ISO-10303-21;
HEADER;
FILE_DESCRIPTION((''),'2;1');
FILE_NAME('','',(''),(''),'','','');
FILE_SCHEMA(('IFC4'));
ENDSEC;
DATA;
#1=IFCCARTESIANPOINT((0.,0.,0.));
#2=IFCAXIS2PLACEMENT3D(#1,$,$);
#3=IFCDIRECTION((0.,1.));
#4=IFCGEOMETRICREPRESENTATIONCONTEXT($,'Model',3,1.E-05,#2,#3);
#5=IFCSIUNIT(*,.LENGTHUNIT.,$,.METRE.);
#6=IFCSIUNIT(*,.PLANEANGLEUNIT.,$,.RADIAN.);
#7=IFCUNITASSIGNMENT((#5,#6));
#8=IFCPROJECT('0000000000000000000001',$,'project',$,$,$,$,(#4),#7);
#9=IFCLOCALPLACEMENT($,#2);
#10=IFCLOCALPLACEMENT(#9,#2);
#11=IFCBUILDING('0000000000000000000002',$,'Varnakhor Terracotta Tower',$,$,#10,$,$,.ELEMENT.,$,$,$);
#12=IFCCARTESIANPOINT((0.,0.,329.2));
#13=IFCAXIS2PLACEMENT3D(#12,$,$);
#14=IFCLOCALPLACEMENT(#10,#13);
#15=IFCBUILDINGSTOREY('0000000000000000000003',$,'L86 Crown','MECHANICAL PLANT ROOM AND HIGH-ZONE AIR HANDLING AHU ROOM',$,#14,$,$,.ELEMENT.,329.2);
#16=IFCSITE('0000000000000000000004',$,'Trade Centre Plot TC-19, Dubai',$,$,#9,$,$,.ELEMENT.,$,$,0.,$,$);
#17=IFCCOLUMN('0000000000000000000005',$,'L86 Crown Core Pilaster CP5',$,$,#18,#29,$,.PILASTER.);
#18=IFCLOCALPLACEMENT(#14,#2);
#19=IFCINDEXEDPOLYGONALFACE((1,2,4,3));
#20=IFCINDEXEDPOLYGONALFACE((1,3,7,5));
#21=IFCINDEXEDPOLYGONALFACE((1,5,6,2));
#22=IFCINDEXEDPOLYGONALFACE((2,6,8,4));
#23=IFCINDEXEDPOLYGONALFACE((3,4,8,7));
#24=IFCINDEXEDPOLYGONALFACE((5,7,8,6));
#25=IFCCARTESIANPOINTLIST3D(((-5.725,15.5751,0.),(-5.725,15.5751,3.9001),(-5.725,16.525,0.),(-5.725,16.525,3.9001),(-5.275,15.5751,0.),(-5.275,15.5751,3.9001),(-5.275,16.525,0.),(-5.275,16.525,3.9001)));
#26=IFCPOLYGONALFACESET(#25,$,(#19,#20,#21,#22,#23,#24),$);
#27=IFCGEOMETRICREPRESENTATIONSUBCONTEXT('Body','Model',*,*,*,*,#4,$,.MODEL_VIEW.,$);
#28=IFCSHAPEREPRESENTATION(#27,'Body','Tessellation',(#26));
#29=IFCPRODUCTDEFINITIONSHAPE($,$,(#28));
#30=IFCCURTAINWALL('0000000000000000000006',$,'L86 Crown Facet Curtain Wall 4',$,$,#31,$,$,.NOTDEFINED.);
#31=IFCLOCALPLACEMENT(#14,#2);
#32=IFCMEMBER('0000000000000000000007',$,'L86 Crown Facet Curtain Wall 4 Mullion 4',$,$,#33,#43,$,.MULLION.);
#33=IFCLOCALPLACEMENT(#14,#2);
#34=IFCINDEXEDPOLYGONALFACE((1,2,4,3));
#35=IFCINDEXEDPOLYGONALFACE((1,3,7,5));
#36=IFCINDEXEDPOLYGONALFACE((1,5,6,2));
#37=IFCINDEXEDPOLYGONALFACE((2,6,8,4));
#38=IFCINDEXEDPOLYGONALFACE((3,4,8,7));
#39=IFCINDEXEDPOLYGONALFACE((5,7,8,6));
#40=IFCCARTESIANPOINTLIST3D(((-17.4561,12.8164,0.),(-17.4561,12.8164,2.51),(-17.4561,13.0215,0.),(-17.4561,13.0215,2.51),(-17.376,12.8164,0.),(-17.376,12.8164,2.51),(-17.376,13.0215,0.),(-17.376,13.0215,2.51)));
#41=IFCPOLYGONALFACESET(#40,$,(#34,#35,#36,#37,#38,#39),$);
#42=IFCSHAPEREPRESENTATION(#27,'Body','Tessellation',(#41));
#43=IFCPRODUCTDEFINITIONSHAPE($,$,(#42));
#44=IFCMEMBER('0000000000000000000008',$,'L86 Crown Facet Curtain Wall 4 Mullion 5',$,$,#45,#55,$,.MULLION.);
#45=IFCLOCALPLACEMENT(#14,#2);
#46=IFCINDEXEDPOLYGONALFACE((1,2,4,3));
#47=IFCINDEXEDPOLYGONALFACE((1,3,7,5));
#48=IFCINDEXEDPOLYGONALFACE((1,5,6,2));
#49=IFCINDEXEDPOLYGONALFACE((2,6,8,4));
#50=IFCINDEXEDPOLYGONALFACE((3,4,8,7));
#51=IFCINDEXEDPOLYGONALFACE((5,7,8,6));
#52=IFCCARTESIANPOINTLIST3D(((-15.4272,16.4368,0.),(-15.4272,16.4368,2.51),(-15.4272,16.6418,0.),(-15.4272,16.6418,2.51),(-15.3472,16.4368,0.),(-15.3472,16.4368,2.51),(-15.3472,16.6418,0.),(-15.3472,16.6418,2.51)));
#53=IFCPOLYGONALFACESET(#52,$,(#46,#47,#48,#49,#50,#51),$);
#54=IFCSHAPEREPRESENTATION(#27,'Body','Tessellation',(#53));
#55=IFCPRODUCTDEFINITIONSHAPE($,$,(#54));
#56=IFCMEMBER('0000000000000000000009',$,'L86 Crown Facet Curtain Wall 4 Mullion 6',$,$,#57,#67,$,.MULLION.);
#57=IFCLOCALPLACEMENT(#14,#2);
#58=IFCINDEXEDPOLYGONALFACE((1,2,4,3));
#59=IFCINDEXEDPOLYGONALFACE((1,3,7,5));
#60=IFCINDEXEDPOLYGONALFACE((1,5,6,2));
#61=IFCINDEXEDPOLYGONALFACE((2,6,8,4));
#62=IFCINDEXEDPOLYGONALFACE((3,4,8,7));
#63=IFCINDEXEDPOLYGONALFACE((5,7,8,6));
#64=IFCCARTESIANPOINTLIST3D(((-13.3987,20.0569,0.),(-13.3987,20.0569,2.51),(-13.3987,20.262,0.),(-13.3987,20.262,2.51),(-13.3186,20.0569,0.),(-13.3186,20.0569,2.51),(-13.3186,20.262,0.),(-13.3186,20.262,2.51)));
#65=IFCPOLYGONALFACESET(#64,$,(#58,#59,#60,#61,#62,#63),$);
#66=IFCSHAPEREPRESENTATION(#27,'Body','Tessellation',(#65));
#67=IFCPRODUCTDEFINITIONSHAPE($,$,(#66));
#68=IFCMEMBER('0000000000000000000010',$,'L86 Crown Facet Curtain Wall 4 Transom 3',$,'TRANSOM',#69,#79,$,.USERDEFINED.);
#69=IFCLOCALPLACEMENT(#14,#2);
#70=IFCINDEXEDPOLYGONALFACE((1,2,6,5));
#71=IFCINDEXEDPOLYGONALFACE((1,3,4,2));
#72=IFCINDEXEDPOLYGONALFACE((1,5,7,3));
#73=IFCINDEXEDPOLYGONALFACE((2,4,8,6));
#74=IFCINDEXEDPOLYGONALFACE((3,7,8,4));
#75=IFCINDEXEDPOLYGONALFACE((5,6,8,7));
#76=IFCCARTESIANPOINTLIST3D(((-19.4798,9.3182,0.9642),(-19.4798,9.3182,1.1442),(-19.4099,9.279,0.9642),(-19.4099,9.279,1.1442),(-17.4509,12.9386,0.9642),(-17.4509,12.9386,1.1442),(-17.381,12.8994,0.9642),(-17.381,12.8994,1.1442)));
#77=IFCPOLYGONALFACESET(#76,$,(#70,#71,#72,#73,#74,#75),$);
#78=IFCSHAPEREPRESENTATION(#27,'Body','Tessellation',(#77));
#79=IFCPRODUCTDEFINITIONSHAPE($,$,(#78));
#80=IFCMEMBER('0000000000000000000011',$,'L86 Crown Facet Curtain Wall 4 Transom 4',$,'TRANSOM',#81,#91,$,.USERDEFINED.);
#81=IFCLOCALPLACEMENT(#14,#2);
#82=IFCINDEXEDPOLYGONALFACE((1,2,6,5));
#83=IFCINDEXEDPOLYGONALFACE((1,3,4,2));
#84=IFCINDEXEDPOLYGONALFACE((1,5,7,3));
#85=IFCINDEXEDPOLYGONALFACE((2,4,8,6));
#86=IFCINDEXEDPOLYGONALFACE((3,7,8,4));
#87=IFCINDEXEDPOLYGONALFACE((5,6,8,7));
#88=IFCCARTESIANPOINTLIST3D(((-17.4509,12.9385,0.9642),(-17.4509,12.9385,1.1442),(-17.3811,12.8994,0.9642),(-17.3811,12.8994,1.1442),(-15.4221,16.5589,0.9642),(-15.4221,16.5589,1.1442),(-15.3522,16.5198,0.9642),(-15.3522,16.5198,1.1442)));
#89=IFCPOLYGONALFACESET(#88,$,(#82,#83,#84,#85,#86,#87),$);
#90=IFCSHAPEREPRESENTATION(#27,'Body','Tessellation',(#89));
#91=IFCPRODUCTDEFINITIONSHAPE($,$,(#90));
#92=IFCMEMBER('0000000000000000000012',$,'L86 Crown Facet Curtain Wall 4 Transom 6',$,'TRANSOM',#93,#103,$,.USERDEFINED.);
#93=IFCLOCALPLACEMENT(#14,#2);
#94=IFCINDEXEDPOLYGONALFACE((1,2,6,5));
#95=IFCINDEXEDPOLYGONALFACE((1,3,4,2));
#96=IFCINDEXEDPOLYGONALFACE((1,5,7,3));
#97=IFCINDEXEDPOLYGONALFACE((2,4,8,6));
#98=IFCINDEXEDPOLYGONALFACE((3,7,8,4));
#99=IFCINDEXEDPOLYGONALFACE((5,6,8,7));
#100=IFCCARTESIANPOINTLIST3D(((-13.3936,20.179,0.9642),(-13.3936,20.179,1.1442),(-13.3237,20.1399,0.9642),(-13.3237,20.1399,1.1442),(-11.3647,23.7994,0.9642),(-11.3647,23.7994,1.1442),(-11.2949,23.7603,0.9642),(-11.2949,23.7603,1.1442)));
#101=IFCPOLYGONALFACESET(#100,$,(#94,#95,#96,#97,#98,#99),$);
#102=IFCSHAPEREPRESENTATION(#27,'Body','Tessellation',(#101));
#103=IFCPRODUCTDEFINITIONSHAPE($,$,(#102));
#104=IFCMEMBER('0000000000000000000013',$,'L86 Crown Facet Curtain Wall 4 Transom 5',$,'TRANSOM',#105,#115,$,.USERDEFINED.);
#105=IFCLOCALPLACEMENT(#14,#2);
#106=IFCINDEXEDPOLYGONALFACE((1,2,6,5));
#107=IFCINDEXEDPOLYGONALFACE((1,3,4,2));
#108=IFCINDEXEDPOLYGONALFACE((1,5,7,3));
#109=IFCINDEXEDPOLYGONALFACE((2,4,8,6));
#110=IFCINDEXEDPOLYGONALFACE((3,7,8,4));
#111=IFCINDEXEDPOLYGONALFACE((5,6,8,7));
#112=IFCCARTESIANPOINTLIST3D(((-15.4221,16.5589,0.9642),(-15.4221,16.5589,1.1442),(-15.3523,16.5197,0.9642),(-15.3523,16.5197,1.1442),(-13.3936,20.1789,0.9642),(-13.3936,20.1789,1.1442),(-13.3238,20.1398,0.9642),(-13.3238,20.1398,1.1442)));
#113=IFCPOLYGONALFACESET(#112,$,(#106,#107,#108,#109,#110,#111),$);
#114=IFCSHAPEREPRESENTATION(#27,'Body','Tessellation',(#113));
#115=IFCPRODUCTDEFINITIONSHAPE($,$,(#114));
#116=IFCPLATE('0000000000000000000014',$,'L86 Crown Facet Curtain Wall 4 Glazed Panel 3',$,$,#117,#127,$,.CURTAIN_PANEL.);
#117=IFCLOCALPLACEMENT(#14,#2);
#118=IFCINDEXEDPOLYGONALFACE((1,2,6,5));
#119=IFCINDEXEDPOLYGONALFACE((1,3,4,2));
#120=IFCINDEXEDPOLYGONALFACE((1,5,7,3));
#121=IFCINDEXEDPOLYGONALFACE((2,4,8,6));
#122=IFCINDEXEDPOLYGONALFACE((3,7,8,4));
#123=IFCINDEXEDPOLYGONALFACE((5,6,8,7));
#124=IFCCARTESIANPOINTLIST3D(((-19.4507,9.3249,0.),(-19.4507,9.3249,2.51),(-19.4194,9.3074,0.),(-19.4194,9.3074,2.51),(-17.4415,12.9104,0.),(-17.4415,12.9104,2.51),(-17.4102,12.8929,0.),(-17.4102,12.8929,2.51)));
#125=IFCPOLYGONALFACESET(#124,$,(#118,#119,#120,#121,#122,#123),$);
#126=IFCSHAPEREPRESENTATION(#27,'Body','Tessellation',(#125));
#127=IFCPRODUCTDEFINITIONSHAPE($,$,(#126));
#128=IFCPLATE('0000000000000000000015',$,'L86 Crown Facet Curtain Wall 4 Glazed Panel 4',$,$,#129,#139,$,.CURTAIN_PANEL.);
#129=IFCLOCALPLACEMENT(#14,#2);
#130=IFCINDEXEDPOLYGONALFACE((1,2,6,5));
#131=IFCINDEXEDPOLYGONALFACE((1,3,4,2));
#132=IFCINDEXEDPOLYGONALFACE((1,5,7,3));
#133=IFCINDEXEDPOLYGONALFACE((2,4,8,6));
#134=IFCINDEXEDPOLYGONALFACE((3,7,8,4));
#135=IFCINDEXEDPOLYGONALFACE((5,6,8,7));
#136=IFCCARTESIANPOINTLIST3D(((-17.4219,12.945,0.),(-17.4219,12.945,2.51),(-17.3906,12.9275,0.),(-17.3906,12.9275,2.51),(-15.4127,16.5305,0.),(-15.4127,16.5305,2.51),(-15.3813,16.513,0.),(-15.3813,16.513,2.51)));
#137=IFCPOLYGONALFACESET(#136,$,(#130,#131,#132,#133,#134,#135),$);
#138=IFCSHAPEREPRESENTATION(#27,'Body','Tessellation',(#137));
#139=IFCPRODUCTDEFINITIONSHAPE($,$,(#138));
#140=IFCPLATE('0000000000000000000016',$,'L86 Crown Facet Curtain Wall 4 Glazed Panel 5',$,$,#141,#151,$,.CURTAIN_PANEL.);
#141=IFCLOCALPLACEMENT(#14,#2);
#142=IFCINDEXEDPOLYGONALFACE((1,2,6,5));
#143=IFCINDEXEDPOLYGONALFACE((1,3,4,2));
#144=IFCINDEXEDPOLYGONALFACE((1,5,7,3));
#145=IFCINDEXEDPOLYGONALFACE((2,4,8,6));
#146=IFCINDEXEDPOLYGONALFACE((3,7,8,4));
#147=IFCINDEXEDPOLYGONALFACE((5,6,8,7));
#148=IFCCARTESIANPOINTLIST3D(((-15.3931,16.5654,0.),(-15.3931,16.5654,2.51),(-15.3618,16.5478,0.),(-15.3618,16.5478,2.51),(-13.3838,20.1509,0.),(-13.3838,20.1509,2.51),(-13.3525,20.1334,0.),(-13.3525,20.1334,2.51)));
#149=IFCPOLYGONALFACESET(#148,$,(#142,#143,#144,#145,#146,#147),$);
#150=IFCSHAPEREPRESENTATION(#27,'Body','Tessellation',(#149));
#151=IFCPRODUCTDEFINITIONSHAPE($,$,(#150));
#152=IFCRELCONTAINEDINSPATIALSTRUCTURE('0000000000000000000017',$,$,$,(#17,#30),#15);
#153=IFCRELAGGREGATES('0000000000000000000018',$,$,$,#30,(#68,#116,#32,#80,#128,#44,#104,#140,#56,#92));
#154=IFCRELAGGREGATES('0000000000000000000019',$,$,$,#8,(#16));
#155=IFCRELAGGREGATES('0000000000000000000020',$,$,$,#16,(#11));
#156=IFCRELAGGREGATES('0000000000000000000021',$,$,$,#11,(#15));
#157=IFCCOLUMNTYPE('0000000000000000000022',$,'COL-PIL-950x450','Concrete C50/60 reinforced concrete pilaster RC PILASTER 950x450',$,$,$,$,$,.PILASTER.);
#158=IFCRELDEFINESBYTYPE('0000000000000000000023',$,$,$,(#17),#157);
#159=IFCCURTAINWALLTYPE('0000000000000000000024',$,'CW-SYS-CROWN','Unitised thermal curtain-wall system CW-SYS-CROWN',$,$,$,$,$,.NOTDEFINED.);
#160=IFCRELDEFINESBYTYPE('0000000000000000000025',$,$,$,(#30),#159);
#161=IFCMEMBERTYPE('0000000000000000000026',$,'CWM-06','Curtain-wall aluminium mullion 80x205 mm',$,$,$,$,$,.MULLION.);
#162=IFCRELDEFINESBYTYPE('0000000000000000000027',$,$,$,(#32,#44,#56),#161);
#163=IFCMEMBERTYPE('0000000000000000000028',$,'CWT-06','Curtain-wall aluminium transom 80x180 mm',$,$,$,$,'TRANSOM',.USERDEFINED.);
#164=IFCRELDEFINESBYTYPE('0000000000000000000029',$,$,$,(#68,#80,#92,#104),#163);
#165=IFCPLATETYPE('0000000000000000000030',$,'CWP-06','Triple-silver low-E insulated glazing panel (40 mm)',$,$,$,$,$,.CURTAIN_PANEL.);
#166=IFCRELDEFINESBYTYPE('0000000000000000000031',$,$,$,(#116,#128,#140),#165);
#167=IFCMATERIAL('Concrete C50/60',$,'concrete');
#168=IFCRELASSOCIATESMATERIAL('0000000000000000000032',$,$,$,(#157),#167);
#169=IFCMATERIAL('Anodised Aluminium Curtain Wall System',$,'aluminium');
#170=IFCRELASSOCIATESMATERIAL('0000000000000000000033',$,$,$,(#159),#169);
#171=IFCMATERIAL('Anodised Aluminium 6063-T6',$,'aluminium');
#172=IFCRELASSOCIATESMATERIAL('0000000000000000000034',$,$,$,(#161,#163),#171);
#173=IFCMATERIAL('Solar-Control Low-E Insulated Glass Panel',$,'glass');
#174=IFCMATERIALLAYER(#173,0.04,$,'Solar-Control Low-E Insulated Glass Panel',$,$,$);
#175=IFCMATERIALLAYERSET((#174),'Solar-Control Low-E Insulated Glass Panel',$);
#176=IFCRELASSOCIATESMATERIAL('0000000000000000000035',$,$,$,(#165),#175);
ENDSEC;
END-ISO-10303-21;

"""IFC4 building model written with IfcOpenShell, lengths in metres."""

from ifc_helpers import new_model, si_unit, direction, frame, origin, origin_2d, place, context, subcontext, project, spatial, rectangle, extrude, source, transform, mapped, material, layer, layer_set, material_profile, profile_set, type_object, element, aggregate, save


model = new_model("IFC4")

# Units and contexts
model_context = context("Model", 3, precision=1e-05, world=origin(), true_north=direction((0.0, 1.0)))
body_context = subcontext(model_context, "Body", "Model", "MODEL_VIEW")
ifc_project = project(units=[si_unit("LENGTHUNIT", "METRE"), si_unit("PLANEANGLEUNIT", "RADIAN")], contexts=[model_context])

# Site, building, storey
site_placement = place(None, origin())
site = spatial("IfcSite", under=ifc_project, at=site_placement, Name="Trade Centre Plot TC-19, Dubai", CompositionType="ELEMENT", RefElevation=0.0)
building_placement = place(site_placement, origin())
building = spatial("IfcBuilding", under=site, at=building_placement, Name="Varnakhor Terracotta Tower", CompositionType="ELEMENT")
storey_placement = place(building_placement, frame((0.0, 0.0, 329.2)))
storey = spatial("IfcBuildingStorey", under=building, at=storey_placement, Name="L86 Crown", Description="MECHANICAL PLANT ROOM AND HIGH-ZONE AIR HANDLING AHU ROOM", CompositionType="ELEMENT", Elevation=329.2)

# Column
ifc_material_1 = material(Name="Concrete C50/60", Category="concrete")
ifc_material_profile_1 = material_profile(ifc_material_1, rectangle(XDim=0.45, YDim=0.95, at=origin_2d()), Name="RC PILASTER 950x450")
ifc_profile_set_1 = profile_set([ifc_material_profile_1], Name="Concrete C50/60")
column_type = type_object("IfcColumnType", Name="COL-PIL-950x450", Description="Concrete C50/60 reinforced concrete pilaster RC PILASTER 950x450", PredefinedType="PILASTER", material=ifc_profile_set_1)
shared_shape_1 = source(origin(), body_context, "Body", "SweptSolid", [
    extrude(rectangle(XDim=0.45, YDim=0.95, at=origin_2d()), origin(), (0.0, 0.0, 1.0), 3.9001),
])
column_placement = place(storey_placement, frame((-5.5, 16.05, 0.0), z_axis=(0.0, 0.0, 1.0), x_axis=(1.0, 0.0, 0.0)))
element("IfcColumn", 1, at=column_placement, inside=storey, type_object=column_type, Name="L86 Crown Core Pilaster CP5", PredefinedType="PILASTER", context=body_context, shape_type="MappedRepresentation", body=[
    mapped(shared_shape_1, transform((0.0, 0.0, 0.0), scale=1.0)),
])

# Curtain wall, members, plates
ifc_material_2 = material(Name="Anodised Aluminium Curtain Wall System", Category="aluminium")
curtain_wall_type = type_object("IfcCurtainWallType", Name="CW-SYS-CROWN", Description="Unitised thermal curtain-wall system CW-SYS-CROWN", PredefinedType="NOTDEFINED", material=ifc_material_2)
curtain_wall_placement = place(storey_placement, origin())
curtain_wall = element("IfcCurtainWall", 2, at=curtain_wall_placement, inside=storey, type_object=curtain_wall_type, Name="L86 Crown Facet Curtain Wall 4", PredefinedType="NOTDEFINED")
ifc_material_3 = material(Name="Anodised Aluminium 6063-T6", Category="aluminium")
ifc_material_profile_2 = material_profile(ifc_material_3, rectangle(XDim=0.0801, YDim=0.2051, at=origin_2d()), Name="ALU MULLION 80x205")
ifc_profile_set_2 = profile_set([ifc_material_profile_2], Name="Anodised Aluminium 6063-T6")
member_type_1 = type_object("IfcMemberType", Name="CWM-06", Description="Curtain-wall aluminium mullion 80x205 mm", PredefinedType="MULLION", material=ifc_profile_set_2)
shared_shape_2 = source(origin(), body_context, "Body", "SweptSolid", [
    extrude(rectangle(XDim=0.0801, YDim=0.2051, at=origin_2d()), origin(), (0.0, 0.0, 1.0), 2.51),
])
member_1_placement = place(storey_placement, frame((-17.416, 12.9189, 0.0), z_axis=(0.0, 0.0, 1.0), x_axis=(1.0, 0.0, 0.0)))
member_1 = element("IfcMember", 3, at=member_1_placement, type_object=member_type_1, Name="L86 Crown Facet Curtain Wall 4 Mullion 4", PredefinedType="MULLION", context=body_context, shape_type="MappedRepresentation", body=[
    mapped(shared_shape_2, transform((0.0, 0.0, 0.0), scale=1.0)),
])
member_2_placement = place(storey_placement, frame((-15.3872, 16.5393, 0.0), z_axis=(0.0, 0.0, 1.0), x_axis=(1.0, 0.0, 0.0)))
member_2 = element("IfcMember", 4, at=member_2_placement, type_object=member_type_1, Name="L86 Crown Facet Curtain Wall 4 Mullion 5", PredefinedType="MULLION", context=body_context, shape_type="MappedRepresentation", body=[
    mapped(shared_shape_2, transform((0.0, 0.0, 0.0), scale=1.0)),
])
member_3_placement = place(storey_placement, frame((-13.3586, 20.1594, 0.0), z_axis=(0.0, 0.0, 1.0), x_axis=(1.0, 0.0, 0.0)))
member_3 = element("IfcMember", 5, at=member_3_placement, type_object=member_type_1, Name="L86 Crown Facet Curtain Wall 4 Mullion 6", PredefinedType="MULLION", context=body_context, shape_type="MappedRepresentation", body=[
    mapped(shared_shape_2, transform((0.0, 0.0, 0.0), scale=1.0)),
])
ifc_material_profile_3 = material_profile(ifc_material_3, rectangle(XDim=0.0801, YDim=0.1799, at=origin_2d()), Name="ALU TRANSOM 80x180")
ifc_profile_set_3 = profile_set([ifc_material_profile_3], Name="Anodised Aluminium 6063-T6")
member_type_2 = type_object("IfcMemberType", Name="CWT-06", Description="Curtain-wall aluminium transom 80x180 mm", ElementType="TRANSOM", PredefinedType="USERDEFINED", material=ifc_profile_set_3)
shared_shape_3 = source(origin(), body_context, "Body", "SweptSolid", [
    extrude(rectangle(XDim=0.0801, YDim=0.1799, at=origin_2d()), origin(), (0.0, 0.0, 1.0), 4.1501),
])
member_4_placement = place(storey_placement, frame((-19.4448, 9.2986, 1.0542), z_axis=(0.488861, 0.872362, 0.0), x_axis=(-0.872362, 0.488861, 0.0)))
member_4 = element("IfcMember", 6, at=member_4_placement, type_object=member_type_2, Name="L86 Crown Facet Curtain Wall 4 Transom 3", ObjectType="TRANSOM", PredefinedType="USERDEFINED", context=body_context, shape_type="MappedRepresentation", body=[
    mapped(shared_shape_3, transform((0.0, 0.0, 0.0), scale=1.0)),
])
member_5_placement = place(storey_placement, frame((-17.416, 12.9189, 1.0542), z_axis=(0.488861, 0.872362, 0.0), x_axis=(-0.872362, 0.488861, 0.0)))
member_5 = element("IfcMember", 7, at=member_5_placement, type_object=member_type_2, Name="L86 Crown Facet Curtain Wall 4 Transom 4", ObjectType="TRANSOM", PredefinedType="USERDEFINED", context=body_context, shape_type="MappedRepresentation", body=[
    mapped(shared_shape_3, transform((0.0, 0.0, 0.0), scale=1.0)),
])
member_6_placement = place(storey_placement, frame((-13.3586, 20.1594, 1.0542), z_axis=(0.488861, 0.872362, 0.0), x_axis=(-0.872362, 0.488861, 0.0)))
member_6 = element("IfcMember", 8, at=member_6_placement, type_object=member_type_2, Name="L86 Crown Facet Curtain Wall 4 Transom 6", ObjectType="TRANSOM", PredefinedType="USERDEFINED", context=body_context, shape_type="MappedRepresentation", body=[
    mapped(shared_shape_3, transform((0.0, 0.0, 0.0), scale=1.0)),
])
shared_shape_4 = source(origin(), body_context, "Body", "SweptSolid", [
    extrude(rectangle(XDim=0.0801, YDim=0.1799, at=origin_2d()), origin(), (0.0, 0.0, 1.0), 4.1497),
])
member_7_placement = place(storey_placement, frame((-15.3872, 16.5393, 1.0542), z_axis=(0.488842, 0.872373, 0.0), x_axis=(-0.872373, 0.488842, 0.0)))
member_7 = element("IfcMember", 9, at=member_7_placement, type_object=member_type_2, Name="L86 Crown Facet Curtain Wall 4 Transom 5", ObjectType="TRANSOM", PredefinedType="USERDEFINED", context=body_context, shape_type="MappedRepresentation", body=[
    mapped(shared_shape_4, transform((0.0, 0.0, 0.0), scale=1.0)),
])
ifc_material_4 = material(Name="Solar-Control Low-E Insulated Glass Panel", Category="glass")
ifc_layer_1 = layer(ifc_material_4, 0.04, Name="Solar-Control Low-E Insulated Glass Panel")
ifc_layer_set_1 = layer_set([ifc_layer_1], Name="Solar-Control Low-E Insulated Glass Panel")
plate_type = type_object("IfcPlateType", Name="CWP-06", Description="Triple-silver low-E insulated glazing panel (40 mm)", PredefinedType="CURTAIN_PANEL", material=ifc_layer_set_1)
shared_shape_5 = source(origin(), body_context, "Body", "SweptSolid", [
    extrude(rectangle(XDim=4.1101, YDim=0.0359, at=origin_2d()), origin(), (0.0, 0.0, 1.0), 2.51),
])
plate_1_placement = place(storey_placement, frame((-18.4304, 11.1089, 0.0), z_axis=(0.0, 0.0, 1.0), x_axis=(0.48885, 0.872368, 0.0)))
plate_1 = element("IfcPlate", 10, at=plate_1_placement, type_object=plate_type, Name="L86 Crown Facet Curtain Wall 4 Glazed Panel 3", PredefinedType="CURTAIN_PANEL", context=body_context, shape_type="MappedRepresentation", body=[
    mapped(shared_shape_5, transform((0.0, 0.0, 0.0), scale=1.0)),
])
plate_2_placement = place(storey_placement, frame((-16.4016, 14.729, 0.0), z_axis=(0.0, 0.0, 1.0), x_axis=(0.48885, 0.872368, 0.0)))
plate_2 = element("IfcPlate", 11, at=plate_2_placement, type_object=plate_type, Name="L86 Crown Facet Curtain Wall 4 Glazed Panel 4", PredefinedType="CURTAIN_PANEL", context=body_context, shape_type="MappedRepresentation", body=[
    mapped(shared_shape_5, transform((0.0, 0.0, 0.0), scale=1.0)),
])
plate_3_placement = place(storey_placement, frame((-14.3728, 18.3494, 0.0), z_axis=(0.0, 0.0, 1.0), x_axis=(0.48885, 0.872368, 0.0)))
plate_3 = element("IfcPlate", 12, at=plate_3_placement, type_object=plate_type, Name="L86 Crown Facet Curtain Wall 4 Glazed Panel 5", PredefinedType="CURTAIN_PANEL", context=body_context, shape_type="MappedRepresentation", body=[
    mapped(shared_shape_5, transform((0.0, 0.0, 0.0), scale=1.0)),
])
aggregate(curtain_wall, [member_4, plate_1, member_1, member_5, plate_2, member_2, member_7, plate_3, member_3, member_6])

save(model, "model.ifc")
